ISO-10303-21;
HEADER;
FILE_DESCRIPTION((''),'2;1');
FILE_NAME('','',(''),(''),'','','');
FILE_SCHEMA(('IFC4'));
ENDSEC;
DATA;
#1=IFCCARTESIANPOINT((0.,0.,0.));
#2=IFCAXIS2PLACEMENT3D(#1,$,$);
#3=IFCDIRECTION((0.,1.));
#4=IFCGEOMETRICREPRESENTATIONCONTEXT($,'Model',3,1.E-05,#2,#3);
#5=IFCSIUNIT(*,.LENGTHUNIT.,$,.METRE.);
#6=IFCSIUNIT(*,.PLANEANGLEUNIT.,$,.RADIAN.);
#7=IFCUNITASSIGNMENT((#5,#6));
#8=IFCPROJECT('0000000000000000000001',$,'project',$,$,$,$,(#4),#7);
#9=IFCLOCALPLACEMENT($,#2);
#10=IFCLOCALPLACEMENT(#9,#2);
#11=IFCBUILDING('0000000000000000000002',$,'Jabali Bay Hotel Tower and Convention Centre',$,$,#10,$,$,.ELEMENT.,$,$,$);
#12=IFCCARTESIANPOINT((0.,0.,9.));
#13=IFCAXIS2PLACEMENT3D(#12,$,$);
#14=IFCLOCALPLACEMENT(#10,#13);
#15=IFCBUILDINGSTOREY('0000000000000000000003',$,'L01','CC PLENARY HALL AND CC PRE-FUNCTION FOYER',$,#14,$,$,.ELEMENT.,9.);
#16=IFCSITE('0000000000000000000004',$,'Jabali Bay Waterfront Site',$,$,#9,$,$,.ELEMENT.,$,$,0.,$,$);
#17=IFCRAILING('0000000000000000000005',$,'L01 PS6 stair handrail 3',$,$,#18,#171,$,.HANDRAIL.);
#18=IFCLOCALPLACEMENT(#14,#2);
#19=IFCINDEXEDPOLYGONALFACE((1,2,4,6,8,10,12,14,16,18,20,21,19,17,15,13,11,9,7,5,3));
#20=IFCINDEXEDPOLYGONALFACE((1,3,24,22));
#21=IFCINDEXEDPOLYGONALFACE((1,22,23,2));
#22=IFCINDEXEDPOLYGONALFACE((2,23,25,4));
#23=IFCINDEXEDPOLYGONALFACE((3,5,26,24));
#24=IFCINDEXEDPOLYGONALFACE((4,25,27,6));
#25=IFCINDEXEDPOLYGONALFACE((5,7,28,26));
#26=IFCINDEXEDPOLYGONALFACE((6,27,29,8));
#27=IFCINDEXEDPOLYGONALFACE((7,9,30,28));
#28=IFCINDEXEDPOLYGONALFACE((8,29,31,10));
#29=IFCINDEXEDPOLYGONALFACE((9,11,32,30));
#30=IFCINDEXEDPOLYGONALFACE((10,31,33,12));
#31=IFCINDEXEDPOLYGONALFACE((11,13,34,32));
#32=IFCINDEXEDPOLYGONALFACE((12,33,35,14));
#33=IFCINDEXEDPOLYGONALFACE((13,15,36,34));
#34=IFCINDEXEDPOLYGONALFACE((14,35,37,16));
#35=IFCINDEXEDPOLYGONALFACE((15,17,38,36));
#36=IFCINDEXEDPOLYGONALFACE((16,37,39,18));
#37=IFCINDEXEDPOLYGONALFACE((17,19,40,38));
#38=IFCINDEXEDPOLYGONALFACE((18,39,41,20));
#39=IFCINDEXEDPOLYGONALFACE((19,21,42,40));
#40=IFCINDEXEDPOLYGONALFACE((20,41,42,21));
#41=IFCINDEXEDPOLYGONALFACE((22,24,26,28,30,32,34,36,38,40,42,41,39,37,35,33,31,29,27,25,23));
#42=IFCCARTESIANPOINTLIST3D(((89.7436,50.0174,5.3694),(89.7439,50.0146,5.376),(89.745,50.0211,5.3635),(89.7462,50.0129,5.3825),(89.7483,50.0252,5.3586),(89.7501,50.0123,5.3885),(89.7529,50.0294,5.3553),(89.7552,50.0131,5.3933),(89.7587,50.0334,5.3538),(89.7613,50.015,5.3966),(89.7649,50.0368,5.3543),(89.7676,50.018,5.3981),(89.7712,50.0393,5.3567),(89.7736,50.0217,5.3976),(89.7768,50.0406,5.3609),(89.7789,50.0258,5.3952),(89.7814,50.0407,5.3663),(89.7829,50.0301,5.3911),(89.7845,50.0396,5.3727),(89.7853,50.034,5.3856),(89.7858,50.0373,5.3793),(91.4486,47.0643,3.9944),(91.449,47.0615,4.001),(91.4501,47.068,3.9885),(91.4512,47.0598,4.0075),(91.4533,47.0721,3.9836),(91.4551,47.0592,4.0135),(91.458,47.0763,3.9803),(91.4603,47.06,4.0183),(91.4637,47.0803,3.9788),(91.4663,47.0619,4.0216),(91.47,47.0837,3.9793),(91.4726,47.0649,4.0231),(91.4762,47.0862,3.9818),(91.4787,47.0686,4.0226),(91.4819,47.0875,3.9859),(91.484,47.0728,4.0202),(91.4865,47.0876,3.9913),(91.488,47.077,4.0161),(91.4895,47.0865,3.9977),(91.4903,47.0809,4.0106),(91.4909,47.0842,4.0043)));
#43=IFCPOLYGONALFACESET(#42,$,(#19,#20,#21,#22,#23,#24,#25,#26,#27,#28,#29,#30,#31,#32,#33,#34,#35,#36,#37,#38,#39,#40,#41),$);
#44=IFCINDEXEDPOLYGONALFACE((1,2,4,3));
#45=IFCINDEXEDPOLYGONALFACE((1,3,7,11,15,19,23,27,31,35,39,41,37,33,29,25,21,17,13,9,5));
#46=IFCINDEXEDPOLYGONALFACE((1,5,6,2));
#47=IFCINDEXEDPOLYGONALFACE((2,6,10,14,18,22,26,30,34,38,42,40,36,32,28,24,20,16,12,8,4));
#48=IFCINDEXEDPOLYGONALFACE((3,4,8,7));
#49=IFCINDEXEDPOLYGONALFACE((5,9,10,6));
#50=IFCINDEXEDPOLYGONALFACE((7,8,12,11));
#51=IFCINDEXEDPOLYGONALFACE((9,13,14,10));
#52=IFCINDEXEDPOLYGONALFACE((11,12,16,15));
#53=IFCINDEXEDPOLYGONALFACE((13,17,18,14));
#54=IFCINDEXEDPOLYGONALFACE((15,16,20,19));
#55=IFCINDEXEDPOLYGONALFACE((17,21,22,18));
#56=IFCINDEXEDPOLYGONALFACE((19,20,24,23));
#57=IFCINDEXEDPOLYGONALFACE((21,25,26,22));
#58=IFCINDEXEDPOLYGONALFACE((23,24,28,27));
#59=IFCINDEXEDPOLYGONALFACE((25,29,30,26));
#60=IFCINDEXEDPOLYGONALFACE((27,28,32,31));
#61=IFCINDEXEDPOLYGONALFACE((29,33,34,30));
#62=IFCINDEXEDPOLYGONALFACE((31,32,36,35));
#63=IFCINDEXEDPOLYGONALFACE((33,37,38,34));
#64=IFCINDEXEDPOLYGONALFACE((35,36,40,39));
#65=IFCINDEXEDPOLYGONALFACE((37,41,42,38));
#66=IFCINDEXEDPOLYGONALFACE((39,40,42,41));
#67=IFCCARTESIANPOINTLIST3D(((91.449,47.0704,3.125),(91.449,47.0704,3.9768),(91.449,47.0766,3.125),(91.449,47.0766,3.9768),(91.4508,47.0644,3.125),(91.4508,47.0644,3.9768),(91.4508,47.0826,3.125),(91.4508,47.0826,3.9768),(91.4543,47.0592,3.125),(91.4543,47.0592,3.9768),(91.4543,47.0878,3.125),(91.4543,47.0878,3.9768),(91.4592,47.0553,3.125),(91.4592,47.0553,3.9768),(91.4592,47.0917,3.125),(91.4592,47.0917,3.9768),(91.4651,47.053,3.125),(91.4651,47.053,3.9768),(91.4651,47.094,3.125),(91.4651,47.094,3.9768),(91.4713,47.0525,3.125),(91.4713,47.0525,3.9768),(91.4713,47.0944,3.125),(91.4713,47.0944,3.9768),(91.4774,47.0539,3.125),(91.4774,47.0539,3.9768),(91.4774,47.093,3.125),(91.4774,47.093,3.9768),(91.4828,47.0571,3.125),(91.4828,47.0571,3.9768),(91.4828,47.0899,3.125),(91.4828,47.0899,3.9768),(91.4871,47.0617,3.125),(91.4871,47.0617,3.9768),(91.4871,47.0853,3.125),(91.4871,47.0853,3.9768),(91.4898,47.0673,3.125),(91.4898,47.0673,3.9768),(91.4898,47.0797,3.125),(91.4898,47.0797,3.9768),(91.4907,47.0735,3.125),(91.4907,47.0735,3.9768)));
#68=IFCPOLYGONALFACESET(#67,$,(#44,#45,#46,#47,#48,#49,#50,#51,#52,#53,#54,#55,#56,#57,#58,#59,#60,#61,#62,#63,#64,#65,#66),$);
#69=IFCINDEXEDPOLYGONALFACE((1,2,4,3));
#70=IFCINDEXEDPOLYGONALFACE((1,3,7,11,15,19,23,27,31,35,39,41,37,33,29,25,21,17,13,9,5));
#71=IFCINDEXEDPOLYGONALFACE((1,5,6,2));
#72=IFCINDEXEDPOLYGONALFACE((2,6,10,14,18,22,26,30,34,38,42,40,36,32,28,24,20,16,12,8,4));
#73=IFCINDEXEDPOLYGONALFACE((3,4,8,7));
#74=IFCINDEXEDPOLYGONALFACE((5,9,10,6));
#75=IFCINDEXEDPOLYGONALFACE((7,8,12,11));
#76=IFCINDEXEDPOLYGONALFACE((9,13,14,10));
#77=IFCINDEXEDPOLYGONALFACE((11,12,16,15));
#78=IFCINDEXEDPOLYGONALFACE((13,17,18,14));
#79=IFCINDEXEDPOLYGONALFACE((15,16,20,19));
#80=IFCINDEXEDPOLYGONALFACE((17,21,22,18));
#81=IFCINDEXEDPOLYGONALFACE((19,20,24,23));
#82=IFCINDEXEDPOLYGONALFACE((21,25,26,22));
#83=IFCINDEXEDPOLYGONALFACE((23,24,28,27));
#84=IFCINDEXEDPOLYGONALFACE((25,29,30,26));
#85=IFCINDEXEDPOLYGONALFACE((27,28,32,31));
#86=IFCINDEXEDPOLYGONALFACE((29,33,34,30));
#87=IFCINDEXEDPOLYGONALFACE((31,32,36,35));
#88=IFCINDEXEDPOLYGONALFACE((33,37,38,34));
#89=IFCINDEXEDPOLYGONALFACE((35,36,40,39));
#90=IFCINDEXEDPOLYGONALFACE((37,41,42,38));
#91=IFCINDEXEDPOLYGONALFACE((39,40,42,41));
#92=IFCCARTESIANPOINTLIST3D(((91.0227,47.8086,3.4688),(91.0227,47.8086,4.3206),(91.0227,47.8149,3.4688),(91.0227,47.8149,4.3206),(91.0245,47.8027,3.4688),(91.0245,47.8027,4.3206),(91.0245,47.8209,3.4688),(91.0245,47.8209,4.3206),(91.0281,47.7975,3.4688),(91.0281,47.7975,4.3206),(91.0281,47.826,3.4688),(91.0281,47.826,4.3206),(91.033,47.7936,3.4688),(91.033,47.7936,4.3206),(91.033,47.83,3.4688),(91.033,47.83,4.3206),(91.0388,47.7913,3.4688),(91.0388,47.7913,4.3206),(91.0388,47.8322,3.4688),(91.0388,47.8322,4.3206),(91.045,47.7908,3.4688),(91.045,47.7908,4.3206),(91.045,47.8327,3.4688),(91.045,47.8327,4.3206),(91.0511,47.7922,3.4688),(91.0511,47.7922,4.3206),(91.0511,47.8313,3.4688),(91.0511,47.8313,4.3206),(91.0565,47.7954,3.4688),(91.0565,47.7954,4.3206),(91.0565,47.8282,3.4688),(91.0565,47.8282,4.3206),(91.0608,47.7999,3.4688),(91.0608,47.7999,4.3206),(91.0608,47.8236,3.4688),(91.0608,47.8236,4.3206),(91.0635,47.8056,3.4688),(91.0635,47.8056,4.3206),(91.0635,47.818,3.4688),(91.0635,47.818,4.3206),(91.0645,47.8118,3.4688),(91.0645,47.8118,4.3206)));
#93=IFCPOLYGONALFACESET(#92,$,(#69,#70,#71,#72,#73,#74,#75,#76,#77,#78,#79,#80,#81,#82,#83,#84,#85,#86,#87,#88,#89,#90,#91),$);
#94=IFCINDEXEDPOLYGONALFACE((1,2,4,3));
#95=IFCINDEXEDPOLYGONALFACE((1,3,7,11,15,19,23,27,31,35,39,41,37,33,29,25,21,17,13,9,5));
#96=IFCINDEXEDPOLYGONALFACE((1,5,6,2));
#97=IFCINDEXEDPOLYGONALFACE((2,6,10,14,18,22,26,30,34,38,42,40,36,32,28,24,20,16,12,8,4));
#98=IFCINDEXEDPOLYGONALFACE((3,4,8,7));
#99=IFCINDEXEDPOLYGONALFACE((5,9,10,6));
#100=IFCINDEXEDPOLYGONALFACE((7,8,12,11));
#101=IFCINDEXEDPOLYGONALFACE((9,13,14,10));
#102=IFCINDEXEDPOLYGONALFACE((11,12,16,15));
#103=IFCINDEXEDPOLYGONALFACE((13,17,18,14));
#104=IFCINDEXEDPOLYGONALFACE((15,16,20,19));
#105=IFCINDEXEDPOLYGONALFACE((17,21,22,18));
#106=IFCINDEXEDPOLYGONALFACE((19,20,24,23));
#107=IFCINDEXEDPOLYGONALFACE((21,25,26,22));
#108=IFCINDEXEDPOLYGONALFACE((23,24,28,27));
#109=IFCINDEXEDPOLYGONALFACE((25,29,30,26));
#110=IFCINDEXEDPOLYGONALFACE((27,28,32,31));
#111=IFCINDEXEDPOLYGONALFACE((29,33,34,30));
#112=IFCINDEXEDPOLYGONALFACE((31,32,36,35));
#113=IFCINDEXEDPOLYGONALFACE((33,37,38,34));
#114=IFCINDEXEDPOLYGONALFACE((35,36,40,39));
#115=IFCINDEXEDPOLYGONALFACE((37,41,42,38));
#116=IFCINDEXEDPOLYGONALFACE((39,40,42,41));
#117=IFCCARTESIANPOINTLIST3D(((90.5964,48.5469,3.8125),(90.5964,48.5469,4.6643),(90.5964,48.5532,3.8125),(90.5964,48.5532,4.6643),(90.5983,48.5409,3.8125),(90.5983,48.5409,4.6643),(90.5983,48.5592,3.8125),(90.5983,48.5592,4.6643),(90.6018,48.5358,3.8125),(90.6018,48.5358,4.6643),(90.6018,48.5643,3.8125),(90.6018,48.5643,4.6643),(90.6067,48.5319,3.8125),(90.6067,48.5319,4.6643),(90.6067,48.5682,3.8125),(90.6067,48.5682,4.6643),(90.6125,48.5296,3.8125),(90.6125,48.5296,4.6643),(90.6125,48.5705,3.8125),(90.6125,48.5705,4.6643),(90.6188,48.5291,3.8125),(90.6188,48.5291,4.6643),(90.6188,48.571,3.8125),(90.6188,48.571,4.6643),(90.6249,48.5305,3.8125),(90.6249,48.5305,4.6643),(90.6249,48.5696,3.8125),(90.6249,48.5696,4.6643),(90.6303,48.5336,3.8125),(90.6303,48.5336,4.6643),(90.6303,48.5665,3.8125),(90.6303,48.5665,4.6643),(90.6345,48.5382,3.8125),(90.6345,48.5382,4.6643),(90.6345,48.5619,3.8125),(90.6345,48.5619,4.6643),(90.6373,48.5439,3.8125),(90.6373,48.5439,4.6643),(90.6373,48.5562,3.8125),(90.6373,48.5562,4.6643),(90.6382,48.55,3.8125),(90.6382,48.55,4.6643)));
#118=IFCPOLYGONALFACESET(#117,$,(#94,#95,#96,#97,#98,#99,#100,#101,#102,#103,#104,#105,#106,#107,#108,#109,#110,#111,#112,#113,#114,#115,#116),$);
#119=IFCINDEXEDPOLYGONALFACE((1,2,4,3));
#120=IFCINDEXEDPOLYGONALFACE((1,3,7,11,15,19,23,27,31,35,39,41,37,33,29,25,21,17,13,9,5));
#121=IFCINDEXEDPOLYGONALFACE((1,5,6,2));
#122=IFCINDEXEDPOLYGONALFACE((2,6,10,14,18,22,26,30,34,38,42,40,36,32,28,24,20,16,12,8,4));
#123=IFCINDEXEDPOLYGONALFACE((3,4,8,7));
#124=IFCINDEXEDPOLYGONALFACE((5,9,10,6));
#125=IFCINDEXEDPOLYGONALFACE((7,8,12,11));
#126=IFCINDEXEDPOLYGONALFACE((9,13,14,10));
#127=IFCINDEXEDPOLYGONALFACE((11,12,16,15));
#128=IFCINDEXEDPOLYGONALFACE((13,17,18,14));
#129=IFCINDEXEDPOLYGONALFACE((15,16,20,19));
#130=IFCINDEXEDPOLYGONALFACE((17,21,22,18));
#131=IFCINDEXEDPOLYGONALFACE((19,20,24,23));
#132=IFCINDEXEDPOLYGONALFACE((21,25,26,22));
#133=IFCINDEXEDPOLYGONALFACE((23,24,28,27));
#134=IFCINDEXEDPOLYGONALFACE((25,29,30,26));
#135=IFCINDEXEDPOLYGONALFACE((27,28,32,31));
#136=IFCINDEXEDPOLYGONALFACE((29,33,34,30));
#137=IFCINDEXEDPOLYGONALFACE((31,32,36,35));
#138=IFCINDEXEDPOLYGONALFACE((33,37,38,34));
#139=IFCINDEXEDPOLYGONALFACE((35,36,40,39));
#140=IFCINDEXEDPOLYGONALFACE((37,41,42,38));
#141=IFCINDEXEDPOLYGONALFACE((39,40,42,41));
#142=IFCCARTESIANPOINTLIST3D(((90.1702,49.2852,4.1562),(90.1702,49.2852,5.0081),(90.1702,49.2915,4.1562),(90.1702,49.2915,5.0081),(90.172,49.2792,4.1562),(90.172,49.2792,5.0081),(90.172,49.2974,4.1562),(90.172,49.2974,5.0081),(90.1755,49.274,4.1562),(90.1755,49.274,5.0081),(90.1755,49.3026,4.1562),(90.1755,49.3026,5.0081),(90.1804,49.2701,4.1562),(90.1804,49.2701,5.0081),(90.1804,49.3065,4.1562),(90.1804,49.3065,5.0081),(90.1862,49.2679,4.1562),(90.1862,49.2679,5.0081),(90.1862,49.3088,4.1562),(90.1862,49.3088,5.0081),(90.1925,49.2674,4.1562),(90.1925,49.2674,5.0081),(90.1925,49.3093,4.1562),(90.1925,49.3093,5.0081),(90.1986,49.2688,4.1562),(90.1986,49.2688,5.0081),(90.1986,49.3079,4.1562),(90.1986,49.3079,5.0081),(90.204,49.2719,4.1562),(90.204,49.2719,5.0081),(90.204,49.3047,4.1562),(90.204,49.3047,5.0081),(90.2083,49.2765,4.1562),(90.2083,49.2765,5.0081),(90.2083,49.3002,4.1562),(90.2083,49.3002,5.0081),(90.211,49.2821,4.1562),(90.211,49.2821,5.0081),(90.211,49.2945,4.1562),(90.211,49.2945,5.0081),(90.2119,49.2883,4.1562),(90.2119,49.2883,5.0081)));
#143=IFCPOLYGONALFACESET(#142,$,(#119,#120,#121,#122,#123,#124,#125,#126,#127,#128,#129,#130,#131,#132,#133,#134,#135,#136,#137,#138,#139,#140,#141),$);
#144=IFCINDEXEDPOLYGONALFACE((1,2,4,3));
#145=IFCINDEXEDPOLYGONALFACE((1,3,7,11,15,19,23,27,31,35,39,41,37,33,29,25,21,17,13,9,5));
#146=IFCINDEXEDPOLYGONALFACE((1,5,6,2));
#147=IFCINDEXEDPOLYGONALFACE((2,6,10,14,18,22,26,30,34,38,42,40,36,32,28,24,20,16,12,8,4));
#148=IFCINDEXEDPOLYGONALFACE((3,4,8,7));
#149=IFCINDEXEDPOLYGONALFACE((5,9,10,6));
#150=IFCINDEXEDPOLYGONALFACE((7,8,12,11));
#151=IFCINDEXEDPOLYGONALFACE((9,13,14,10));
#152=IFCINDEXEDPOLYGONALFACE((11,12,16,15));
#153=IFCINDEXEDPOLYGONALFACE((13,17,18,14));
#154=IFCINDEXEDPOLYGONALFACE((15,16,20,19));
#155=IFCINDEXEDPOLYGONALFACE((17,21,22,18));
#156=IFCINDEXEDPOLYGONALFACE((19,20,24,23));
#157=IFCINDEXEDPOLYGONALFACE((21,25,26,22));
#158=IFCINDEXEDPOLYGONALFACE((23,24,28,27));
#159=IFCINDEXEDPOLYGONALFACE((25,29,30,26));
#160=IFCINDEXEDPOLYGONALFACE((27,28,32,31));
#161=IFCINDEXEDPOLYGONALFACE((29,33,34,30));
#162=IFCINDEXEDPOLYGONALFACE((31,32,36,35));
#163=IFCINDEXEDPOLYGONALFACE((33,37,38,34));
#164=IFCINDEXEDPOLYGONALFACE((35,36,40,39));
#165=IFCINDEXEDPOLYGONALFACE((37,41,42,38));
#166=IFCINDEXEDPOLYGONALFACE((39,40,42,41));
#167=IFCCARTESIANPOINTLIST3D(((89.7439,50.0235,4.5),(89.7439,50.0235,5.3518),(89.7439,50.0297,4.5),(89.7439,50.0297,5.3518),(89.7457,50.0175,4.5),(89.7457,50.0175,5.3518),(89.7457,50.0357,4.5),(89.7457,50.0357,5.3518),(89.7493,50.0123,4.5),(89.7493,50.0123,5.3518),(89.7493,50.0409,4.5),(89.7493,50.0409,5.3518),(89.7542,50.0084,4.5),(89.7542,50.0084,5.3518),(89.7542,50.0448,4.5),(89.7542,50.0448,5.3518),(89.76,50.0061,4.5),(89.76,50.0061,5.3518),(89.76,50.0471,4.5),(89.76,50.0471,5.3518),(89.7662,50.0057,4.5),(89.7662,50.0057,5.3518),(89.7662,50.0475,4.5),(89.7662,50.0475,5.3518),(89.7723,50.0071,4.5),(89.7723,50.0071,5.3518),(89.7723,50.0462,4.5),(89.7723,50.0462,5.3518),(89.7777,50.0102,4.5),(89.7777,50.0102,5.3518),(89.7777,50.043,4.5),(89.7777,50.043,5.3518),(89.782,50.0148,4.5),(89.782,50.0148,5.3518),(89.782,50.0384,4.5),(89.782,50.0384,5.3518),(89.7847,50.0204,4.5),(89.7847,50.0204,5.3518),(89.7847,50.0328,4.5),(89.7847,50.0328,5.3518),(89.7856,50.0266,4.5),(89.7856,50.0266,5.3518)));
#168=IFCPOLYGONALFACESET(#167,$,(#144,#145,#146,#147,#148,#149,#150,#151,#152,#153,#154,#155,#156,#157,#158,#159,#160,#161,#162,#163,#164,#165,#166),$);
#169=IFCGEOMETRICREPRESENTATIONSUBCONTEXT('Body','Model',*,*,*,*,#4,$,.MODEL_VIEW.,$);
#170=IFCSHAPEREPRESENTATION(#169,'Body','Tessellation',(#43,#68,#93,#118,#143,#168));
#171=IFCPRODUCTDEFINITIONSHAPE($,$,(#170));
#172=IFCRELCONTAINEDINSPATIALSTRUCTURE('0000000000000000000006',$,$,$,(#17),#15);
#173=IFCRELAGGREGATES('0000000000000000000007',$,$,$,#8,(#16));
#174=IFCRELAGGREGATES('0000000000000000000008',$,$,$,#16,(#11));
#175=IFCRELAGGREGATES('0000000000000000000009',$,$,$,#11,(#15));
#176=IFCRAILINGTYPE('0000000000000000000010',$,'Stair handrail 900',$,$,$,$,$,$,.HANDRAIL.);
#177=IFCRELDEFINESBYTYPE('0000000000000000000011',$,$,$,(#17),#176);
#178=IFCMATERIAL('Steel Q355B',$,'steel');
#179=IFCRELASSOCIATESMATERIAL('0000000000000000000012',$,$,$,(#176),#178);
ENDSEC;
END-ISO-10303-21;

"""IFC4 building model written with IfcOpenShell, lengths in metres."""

from ifc_helpers import new_model, si_unit, direction, frame, origin, origin_2d, place, context, subcontext, project, spatial, circle, extrude, material, type_object, element, save


model = new_model("IFC4")

# Units and contexts
model_context = context("Model", 3, precision=1e-05, world=origin(), true_north=direction((0.0, 1.0)))
body_context = subcontext(model_context, "Body", "Model", "MODEL_VIEW")
ifc_project = project(units=[si_unit("LENGTHUNIT", "METRE"), si_unit("PLANEANGLEUNIT", "RADIAN")], contexts=[model_context])

# Site, building, storey
site_placement = place(None, origin())
site = spatial("IfcSite", under=ifc_project, at=site_placement, Name="Jabali Bay Waterfront Site", CompositionType="ELEMENT", RefElevation=0.0)
building_placement = place(site_placement, origin())
building = spatial("IfcBuilding", under=site, at=building_placement, Name="Jabali Bay Hotel Tower and Convention Centre", CompositionType="ELEMENT")
storey_placement = place(building_placement, frame((0.0, 0.0, 9.0)))
storey = spatial("IfcBuildingStorey", under=building, at=storey_placement, Name="L01", Description="CC PLENARY HALL AND CC PRE-FUNCTION FOYER", CompositionType="ELEMENT", Elevation=9.0)

# Railing
ifc_material_1 = material(Name="Steel Q355B", Category="steel")
railing_type_1 = type_object("IfcRailingType", Name="Stair handrail 900", PredefinedType="HANDRAIL", material=ifc_material_1)
for number, where, name in (
    (1, (91.4697, 47.0735, 3.125), "L01 PS6 stair handrail 3"),
):
    element("IfcRailing", number, at=place(storey_placement, frame(where)), inside=storey, type_object=railing_type_1, Name=name, PredefinedType="HANDRAIL", context=body_context, shape_type="SweptSolid", body=[
        extrude(circle(Radius=0.0239, at=origin_2d()), frame((0.0, 0.0, 0.876), z_axis=(-0.46374, 0.803178, 0.373966), x_axis=(-0.866014, -0.50002, 0.0)), (0.0, 0.0, 1.0), 3.6768),
        extrude(circle(Radius=0.021, at=origin_2d()), origin(), (0.0, 0.0, 1.0), 0.8518),
        extrude(circle(Radius=0.021, at=origin_2d()), frame((-0.4263, 0.7383, 0.3438)), (0.0, 0.0, 1.0), 0.8518),
        extrude(circle(Radius=0.021, at=origin_2d()), frame((-0.8525, 1.4766, 0.6875)), (0.0, 0.0, 1.0), 0.8518),
        extrude(circle(Radius=0.021, at=origin_2d()), frame((-1.2788, 2.2148, 1.0312)), (0.0, 0.0, 1.0), 0.8518),
        extrude(circle(Radius=0.021, at=origin_2d()), frame((-1.7051, 2.9531, 1.375)), (0.0, 0.0, 1.0), 0.8518),
    ])

save(model, "model.ifc")
